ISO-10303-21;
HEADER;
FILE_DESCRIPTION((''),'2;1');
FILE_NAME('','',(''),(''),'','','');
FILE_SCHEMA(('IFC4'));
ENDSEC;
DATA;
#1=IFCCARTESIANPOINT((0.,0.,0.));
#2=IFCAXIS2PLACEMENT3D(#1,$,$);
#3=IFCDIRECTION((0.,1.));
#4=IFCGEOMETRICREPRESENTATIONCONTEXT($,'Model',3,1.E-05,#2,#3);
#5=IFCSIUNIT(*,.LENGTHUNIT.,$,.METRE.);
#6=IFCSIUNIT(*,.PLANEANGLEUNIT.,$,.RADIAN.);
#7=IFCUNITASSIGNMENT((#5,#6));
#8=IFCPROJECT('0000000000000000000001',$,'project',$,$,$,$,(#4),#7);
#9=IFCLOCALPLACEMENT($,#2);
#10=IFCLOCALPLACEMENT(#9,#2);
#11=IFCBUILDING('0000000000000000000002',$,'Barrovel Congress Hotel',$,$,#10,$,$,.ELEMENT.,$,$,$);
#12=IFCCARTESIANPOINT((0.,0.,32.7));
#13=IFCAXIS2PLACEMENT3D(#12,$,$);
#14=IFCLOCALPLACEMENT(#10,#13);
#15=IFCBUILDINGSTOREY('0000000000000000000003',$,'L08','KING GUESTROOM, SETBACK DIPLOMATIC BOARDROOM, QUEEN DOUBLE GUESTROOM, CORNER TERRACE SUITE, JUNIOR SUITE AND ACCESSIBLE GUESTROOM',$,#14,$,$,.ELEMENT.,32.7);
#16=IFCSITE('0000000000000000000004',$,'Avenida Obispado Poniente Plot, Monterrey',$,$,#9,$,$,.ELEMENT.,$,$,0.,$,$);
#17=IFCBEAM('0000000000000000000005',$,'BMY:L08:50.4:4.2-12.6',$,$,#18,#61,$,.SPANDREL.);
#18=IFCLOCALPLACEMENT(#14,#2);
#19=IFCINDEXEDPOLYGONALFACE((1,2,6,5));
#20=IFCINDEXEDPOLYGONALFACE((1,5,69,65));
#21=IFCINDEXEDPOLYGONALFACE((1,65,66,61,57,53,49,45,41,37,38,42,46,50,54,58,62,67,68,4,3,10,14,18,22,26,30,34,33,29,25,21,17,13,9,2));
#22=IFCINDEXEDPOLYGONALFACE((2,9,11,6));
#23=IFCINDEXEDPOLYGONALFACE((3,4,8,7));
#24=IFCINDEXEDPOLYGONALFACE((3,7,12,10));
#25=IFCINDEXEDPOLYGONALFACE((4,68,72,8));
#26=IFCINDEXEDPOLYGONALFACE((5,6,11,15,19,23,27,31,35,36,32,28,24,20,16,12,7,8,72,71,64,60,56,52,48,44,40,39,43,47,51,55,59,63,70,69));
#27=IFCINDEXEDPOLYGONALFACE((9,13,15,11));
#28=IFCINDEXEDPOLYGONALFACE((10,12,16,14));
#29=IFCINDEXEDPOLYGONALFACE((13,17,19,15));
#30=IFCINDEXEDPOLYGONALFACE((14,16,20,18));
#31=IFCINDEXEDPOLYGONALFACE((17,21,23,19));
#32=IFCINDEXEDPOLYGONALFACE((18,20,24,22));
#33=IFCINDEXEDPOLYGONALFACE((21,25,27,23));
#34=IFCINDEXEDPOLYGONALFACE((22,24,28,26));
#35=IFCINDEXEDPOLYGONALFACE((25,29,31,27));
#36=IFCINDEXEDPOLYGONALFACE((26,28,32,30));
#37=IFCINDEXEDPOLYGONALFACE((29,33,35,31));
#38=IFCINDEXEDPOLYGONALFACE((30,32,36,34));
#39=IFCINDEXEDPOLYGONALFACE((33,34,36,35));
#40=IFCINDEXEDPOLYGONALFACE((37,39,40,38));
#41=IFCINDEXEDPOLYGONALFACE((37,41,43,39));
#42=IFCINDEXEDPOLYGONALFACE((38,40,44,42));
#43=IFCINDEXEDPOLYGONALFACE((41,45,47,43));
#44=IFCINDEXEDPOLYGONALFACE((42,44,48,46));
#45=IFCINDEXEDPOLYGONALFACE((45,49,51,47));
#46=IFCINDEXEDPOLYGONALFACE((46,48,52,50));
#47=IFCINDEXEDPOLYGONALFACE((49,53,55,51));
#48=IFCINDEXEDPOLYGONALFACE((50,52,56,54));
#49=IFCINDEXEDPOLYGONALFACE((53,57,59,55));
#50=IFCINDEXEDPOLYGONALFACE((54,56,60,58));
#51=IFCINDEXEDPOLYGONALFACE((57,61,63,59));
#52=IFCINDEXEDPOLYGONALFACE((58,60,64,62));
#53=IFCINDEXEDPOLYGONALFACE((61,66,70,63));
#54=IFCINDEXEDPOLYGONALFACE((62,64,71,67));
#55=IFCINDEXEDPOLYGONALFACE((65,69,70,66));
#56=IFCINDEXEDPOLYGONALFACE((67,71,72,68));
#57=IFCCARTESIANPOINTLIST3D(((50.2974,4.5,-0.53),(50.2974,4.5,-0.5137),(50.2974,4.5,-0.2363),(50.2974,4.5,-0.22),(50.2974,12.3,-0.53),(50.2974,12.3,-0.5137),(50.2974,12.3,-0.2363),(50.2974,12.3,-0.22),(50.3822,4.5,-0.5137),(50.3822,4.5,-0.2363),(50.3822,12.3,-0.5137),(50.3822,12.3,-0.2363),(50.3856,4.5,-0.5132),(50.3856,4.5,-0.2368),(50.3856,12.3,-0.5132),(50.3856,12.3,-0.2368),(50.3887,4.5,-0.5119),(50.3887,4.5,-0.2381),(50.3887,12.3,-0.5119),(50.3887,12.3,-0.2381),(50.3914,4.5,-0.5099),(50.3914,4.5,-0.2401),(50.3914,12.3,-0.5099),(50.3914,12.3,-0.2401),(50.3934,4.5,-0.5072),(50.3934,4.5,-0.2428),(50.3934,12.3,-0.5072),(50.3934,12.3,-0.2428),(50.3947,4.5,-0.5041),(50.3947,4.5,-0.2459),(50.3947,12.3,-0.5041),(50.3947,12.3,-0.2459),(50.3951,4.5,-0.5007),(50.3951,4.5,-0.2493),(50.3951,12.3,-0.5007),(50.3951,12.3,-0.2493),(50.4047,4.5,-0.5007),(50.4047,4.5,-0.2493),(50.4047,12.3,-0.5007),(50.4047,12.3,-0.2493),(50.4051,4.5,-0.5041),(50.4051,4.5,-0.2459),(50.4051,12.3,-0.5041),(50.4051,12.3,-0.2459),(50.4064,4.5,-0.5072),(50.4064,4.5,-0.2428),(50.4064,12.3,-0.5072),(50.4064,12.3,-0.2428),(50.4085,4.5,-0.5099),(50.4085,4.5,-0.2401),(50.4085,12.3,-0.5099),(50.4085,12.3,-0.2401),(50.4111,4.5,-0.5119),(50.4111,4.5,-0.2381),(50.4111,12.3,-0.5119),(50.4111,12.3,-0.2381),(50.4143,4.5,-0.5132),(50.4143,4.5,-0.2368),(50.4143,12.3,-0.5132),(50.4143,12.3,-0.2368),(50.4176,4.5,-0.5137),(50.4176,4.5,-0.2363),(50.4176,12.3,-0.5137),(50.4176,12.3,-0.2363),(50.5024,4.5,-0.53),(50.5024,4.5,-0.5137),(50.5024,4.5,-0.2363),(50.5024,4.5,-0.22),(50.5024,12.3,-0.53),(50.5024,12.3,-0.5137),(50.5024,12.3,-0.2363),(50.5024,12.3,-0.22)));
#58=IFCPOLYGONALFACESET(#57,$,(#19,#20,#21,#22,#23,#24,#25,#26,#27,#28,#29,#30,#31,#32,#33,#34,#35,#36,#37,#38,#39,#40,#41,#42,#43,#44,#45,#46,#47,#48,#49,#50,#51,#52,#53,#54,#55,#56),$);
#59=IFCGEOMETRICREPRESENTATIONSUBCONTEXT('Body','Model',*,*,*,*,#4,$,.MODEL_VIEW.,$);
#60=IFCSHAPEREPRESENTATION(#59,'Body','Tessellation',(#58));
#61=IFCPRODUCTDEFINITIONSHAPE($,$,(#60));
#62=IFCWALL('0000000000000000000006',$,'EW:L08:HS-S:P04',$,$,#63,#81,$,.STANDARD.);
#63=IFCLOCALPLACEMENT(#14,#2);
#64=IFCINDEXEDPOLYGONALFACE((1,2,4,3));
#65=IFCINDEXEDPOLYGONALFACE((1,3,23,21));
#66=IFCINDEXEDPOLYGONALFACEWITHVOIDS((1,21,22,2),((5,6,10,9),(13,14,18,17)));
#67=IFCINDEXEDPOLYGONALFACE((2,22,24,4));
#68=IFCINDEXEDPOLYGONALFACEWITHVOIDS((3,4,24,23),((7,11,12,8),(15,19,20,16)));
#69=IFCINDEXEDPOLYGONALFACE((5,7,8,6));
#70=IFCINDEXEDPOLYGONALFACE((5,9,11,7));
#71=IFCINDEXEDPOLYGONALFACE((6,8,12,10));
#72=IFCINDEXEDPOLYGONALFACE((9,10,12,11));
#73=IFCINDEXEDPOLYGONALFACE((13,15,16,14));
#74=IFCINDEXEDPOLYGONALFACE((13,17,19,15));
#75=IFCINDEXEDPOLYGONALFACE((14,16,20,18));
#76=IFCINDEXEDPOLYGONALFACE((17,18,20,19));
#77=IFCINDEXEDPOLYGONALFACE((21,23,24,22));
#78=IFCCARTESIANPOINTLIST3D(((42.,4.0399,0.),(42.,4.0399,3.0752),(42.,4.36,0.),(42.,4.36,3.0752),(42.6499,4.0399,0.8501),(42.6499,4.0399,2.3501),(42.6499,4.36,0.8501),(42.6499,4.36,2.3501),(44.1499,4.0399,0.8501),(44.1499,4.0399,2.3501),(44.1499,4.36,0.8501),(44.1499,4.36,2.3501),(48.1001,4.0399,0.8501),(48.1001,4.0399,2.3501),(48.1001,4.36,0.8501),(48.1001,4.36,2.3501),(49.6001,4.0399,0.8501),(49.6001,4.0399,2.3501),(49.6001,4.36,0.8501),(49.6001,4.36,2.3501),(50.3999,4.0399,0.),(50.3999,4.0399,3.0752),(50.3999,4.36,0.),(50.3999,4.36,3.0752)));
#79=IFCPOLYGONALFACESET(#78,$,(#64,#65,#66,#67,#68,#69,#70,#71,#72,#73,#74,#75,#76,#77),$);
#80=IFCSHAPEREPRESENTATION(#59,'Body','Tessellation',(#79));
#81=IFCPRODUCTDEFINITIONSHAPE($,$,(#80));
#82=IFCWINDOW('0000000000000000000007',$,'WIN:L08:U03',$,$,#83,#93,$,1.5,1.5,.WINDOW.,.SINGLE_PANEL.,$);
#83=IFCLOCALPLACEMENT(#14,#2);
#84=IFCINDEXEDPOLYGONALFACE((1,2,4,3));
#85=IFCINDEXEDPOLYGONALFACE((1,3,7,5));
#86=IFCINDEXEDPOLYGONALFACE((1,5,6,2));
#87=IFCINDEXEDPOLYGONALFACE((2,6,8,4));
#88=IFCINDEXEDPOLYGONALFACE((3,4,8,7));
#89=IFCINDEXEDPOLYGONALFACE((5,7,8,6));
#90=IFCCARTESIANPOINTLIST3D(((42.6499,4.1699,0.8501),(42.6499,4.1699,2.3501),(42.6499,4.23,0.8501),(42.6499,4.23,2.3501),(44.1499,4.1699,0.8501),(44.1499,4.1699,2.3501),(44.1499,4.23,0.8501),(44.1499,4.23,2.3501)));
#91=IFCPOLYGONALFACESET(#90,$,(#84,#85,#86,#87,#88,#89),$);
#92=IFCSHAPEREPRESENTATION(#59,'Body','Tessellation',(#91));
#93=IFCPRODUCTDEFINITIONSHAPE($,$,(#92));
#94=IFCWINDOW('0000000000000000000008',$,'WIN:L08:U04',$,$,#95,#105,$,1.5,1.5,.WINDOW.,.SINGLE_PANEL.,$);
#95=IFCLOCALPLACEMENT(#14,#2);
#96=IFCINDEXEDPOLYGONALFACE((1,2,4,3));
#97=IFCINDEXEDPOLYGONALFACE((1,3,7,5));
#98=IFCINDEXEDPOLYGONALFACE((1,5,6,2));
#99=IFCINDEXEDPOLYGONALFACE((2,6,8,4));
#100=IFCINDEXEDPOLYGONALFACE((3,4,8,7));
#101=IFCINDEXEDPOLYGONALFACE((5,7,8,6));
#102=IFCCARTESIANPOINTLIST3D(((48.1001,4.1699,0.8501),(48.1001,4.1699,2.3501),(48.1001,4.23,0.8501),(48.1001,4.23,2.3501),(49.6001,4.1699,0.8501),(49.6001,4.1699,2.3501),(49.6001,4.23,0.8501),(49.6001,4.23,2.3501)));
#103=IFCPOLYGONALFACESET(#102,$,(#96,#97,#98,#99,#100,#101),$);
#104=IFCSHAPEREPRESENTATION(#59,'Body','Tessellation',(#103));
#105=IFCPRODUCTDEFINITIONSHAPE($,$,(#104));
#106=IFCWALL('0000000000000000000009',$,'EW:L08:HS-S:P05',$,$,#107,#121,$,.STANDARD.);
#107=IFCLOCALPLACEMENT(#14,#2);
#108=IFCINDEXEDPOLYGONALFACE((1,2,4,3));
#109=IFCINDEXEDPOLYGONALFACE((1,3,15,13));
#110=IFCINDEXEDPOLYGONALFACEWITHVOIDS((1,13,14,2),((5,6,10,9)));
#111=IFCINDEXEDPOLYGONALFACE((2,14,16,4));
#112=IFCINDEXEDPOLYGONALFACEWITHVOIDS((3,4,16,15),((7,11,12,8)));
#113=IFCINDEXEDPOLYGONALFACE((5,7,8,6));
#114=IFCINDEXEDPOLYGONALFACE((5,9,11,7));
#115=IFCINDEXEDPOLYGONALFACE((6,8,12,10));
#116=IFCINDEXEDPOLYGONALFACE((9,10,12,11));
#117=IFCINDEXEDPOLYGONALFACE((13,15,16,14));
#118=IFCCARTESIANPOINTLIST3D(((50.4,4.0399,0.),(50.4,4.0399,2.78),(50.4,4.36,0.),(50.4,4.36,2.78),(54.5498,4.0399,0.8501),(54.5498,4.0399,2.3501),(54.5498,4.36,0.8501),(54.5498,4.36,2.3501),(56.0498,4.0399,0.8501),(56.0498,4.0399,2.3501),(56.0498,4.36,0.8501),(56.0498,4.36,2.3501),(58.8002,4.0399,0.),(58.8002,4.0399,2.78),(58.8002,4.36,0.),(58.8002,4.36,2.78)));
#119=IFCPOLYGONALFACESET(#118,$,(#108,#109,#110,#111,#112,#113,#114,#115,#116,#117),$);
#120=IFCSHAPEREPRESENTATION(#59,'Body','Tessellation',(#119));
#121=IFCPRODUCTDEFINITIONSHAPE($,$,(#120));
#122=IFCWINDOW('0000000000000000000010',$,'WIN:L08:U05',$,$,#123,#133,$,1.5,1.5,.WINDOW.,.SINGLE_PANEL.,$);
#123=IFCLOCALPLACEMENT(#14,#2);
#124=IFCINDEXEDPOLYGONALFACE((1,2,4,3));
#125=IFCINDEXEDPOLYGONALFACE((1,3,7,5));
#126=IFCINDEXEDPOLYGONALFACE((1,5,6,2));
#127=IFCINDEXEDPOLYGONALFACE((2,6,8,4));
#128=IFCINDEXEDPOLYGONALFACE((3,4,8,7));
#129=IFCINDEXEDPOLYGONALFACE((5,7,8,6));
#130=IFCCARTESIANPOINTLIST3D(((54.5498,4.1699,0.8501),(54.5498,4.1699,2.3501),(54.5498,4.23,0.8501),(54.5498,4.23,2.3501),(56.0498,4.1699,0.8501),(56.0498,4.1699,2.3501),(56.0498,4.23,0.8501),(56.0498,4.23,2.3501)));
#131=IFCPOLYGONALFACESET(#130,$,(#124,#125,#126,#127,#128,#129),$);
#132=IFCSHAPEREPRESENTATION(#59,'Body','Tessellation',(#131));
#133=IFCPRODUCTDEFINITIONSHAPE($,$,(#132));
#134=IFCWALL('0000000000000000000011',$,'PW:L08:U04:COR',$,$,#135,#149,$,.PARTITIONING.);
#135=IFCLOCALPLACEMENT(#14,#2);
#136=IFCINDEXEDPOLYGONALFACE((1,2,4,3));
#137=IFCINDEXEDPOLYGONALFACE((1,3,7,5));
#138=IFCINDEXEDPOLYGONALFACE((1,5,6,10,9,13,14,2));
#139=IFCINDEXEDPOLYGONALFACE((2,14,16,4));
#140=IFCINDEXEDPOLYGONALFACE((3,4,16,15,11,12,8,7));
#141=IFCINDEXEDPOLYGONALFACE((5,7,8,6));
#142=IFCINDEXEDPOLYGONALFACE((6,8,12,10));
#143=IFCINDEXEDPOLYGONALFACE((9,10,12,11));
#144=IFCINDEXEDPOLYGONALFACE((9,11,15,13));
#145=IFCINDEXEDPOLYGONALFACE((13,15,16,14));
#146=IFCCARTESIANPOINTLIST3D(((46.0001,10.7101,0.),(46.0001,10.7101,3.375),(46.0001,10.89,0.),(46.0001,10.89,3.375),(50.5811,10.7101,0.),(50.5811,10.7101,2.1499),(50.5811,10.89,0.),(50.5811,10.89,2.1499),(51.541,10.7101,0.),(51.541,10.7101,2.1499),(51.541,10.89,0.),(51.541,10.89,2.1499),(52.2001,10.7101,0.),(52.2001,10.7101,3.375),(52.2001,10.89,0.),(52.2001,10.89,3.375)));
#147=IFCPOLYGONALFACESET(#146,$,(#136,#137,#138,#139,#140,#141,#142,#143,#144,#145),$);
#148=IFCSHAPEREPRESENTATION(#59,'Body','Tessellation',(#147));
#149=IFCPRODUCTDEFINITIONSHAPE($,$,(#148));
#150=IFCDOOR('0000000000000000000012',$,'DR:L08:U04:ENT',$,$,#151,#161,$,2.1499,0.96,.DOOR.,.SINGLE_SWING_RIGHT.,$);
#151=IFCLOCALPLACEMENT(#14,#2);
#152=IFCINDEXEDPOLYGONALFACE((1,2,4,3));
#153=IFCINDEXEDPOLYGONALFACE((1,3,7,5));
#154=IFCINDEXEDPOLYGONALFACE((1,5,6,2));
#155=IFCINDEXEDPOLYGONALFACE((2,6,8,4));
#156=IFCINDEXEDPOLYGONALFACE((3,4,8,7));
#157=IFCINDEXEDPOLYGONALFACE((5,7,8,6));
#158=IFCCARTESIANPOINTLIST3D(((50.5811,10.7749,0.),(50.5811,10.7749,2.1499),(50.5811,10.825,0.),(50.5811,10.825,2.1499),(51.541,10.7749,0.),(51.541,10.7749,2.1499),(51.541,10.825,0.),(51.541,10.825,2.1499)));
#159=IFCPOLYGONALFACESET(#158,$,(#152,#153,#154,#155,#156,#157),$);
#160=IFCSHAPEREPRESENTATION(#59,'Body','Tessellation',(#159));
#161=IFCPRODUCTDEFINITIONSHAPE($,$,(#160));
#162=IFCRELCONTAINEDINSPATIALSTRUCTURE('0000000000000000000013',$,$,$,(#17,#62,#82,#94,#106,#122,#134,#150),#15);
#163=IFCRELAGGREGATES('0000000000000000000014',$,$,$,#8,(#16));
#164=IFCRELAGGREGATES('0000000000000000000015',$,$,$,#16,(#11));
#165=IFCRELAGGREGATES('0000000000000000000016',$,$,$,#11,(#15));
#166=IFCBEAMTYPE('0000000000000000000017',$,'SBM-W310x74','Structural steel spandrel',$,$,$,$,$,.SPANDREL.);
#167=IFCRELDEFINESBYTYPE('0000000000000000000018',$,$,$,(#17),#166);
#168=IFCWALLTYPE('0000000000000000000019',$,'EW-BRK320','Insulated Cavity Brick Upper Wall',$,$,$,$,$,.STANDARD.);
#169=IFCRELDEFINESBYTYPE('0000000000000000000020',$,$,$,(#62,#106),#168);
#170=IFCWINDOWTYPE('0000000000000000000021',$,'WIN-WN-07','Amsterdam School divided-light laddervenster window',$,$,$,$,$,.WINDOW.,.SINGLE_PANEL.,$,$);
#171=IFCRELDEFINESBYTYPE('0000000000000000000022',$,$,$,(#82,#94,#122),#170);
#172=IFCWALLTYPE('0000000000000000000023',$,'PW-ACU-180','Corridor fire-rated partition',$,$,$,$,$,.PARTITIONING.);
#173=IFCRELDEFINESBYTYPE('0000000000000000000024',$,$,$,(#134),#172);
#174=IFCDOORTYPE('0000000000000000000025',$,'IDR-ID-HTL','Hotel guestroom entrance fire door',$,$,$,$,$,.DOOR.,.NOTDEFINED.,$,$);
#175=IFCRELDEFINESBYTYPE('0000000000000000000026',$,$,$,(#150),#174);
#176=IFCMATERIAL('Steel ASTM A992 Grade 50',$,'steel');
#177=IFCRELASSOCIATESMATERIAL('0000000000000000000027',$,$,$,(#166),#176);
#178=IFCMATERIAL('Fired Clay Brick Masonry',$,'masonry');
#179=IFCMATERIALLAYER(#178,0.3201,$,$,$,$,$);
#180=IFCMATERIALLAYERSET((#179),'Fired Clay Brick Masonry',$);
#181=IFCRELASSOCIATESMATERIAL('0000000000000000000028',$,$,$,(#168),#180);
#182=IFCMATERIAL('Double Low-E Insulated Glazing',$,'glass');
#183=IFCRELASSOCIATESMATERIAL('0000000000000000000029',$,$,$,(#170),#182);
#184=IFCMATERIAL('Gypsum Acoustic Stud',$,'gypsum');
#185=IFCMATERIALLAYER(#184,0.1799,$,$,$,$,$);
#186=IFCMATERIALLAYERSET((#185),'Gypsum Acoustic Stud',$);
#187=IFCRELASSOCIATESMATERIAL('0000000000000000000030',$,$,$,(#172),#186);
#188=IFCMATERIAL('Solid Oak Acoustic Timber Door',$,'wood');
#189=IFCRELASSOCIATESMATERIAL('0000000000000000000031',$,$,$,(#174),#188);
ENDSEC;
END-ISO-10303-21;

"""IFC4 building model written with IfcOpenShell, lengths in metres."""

from ifc_helpers import new_model, si_unit, direction, frame, frame_2d, origin, origin_2d, place, context, subcontext, project, spatial, rectangle, i_section, extrude, material, layer, layer_set, material_profile, profile_set, type_object, element, fill, save


model = new_model("IFC4")

# Units and contexts
model_context = context("Model", 3, precision=1e-05, world=origin(), true_north=direction((0.0, 1.0)))
body_context = subcontext(model_context, "Body", "Model", "MODEL_VIEW")
ifc_project = project(units=[si_unit("LENGTHUNIT", "METRE"), si_unit("PLANEANGLEUNIT", "RADIAN")], contexts=[model_context])

# Site, building, storey
site_placement = place(None, origin())
site = spatial("IfcSite", under=ifc_project, at=site_placement, Name="Avenida Obispado Poniente Plot, Monterrey", CompositionType="ELEMENT", RefElevation=0.0)
building_placement = place(site_placement, origin())
building = spatial("IfcBuilding", under=site, at=building_placement, Name="Barrovel Congress Hotel", CompositionType="ELEMENT")
storey_placement = place(building_placement, frame((0.0, 0.0, 32.7)))
storey = spatial("IfcBuildingStorey", under=building, at=storey_placement, Name="L08", Description="KING GUESTROOM, SETBACK DIPLOMATIC BOARDROOM, QUEEN DOUBLE GUESTROOM, CORNER TERRACE SUITE, JUNIOR SUITE AND ACCESSIBLE GUESTROOM", CompositionType="ELEMENT", Elevation=32.7)

# Beam
ifc_material_1 = material(Name="Steel ASTM A992 Grade 50", Category="steel")
ifc_material_profile_1 = material_profile(ifc_material_1, i_section(OverallWidth=0.2051, OverallDepth=0.3101, WebThickness=0.0095, FlangeThickness=0.0164, FilletRadius=0.0129, at=origin_2d()), Name="W310x74")
ifc_profile_set_1 = profile_set([ifc_material_profile_1], Name="Steel ASTM A992 Grade 50")
beam_type_1 = type_object("IfcBeamType", Name="SBM-W310x74", Description="Structural steel spandrel", PredefinedType="SPANDREL", material=ifc_profile_set_1)
beam_1_placement = place(storey_placement, frame((50.3999, 4.5, -0.375), z_axis=(0.0, 1.0, 0.0), x_axis=(-1.0, 0.0, 0.0)))
element("IfcBeam", 1, at=beam_1_placement, inside=storey, type_object=beam_type_1, Name="BMY:L08:50.4:4.2-12.6", PredefinedType="SPANDREL", context=body_context, shape_type="SweptSolid", body=[
    extrude(i_section(OverallWidth=0.2051, OverallDepth=0.3101, WebThickness=0.0095, FlangeThickness=0.0164, FilletRadius=0.0129, at=origin_2d()), origin(), (0.0, 0.0, 1.0), 7.8),
])

# Wall, openings, windows
ifc_material_2 = material(Name="Fired Clay Brick Masonry", Category="masonry")
ifc_layer_1 = layer(ifc_material_2, 0.3201)
ifc_layer_set_1 = layer_set([ifc_layer_1], Name="Fired Clay Brick Masonry")
wall_type_1 = type_object("IfcWallType", Name="EW-BRK320", Description="Insulated Cavity Brick Upper Wall", PredefinedType="STANDARD", material=ifc_layer_set_1)
wall_1_placement = place(storey_placement, frame((42.0, 4.2, 0.0), z_axis=(0.0, 0.0, 1.0), x_axis=(1.0, 0.0, 0.0)))
wall_1 = element("IfcWall", 2, at=wall_1_placement, inside=storey, type_object=wall_type_1, Name="EW:L08:HS-S:P04", PredefinedType="STANDARD", context=body_context, shape_type="SweptSolid", body=[
    extrude(rectangle(XDim=8.3999, YDim=0.3201, at=frame_2d((4.2, 0.0))), origin(), (0.0, 0.0, 1.0), 3.0752),
])
opening_1_placement = place(wall_1_placement, frame((0.6499, 0.0, 0.8501)))
opening_1 = element("IfcOpeningElement", 3, at=opening_1_placement, cuts=wall_1, PredefinedType="OPENING", context=body_context, shape_type="SweptSolid", body=[
    extrude(rectangle(XDim=1.5, YDim=1.5, at=frame_2d((0.75, 0.75))), frame((0.0, 0.1699, 0.0), z_axis=(0.0, -1.0, 0.0), x_axis=(1.0, 0.0, 0.0)), (0.0, 0.0, 1.0), 0.3401),
])
opening_2_placement = place(wall_1_placement, frame((6.1001, 0.0, 0.8501)))
opening_2 = element("IfcOpeningElement", 4, at=opening_2_placement, cuts=wall_1, PredefinedType="OPENING", context=body_context, shape_type="SweptSolid", body=[
    extrude(rectangle(XDim=1.5, YDim=1.5, at=frame_2d((0.75, 0.75))), frame((0.0, 0.1699, 0.0), z_axis=(0.0, -1.0, 0.0), x_axis=(1.0, 0.0, 0.0)), (0.0, 0.0, 1.0), 0.3401),
])
ifc_material_3 = material(Name="Double Low-E Insulated Glazing", Category="glass")
window_type = type_object("IfcWindowType", Name="WIN-WN-07", Description="Amsterdam School divided-light laddervenster window", PartitioningType="SINGLE_PANEL", PredefinedType="WINDOW", material=ifc_material_3)
window_1_placement = place(opening_1_placement, origin())
window_1 = element("IfcWindow", 5, at=window_1_placement, inside=storey, type_object=window_type, Name="WIN:L08:U03", OverallHeight=1.5, OverallWidth=1.5, PartitioningType="SINGLE_PANEL", PredefinedType="WINDOW", context=body_context, shape_type="SweptSolid", body=[
    extrude(rectangle(XDim=1.5, YDim=1.5, at=frame_2d((0.75, 0.75))), frame((0.0, 0.03, 0.0), z_axis=(0.0, -1.0, 0.0), x_axis=(1.0, 0.0, 0.0)), (0.0, 0.0, 1.0), 0.0601),
])
fill(opening_1, window_1)
window_2_placement = place(opening_2_placement, origin())
window_2 = element("IfcWindow", 6, at=window_2_placement, inside=storey, type_object=window_type, Name="WIN:L08:U04", OverallHeight=1.5, OverallWidth=1.5, PartitioningType="SINGLE_PANEL", PredefinedType="WINDOW", context=body_context, shape_type="SweptSolid", body=[
    extrude(rectangle(XDim=1.5, YDim=1.5, at=frame_2d((0.75, 0.75))), frame((0.0, 0.03, 0.0), z_axis=(0.0, -1.0, 0.0), x_axis=(1.0, 0.0, 0.0)), (0.0, 0.0, 1.0), 0.0601),
])
fill(opening_2, window_2)

# Wall, opening, window
wall_2_placement = place(storey_placement, frame((50.3999, 4.2, 0.0), z_axis=(0.0, 0.0, 1.0), x_axis=(1.0, 0.0, 0.0)))
wall_2 = element("IfcWall", 7, at=wall_2_placement, inside=storey, type_object=wall_type_1, Name="EW:L08:HS-S:P05", PredefinedType="STANDARD", context=body_context, shape_type="SweptSolid", body=[
    extrude(rectangle(XDim=8.4001, YDim=0.3201, at=frame_2d((4.2002, 0.0))), origin(), (0.0, 0.0, 1.0), 2.78),
])
opening_3_placement = place(wall_2_placement, frame((4.1499, 0.0, 0.8501)))
opening_3 = element("IfcOpeningElement", 8, at=opening_3_placement, cuts=wall_2, PredefinedType="OPENING", context=body_context, shape_type="SweptSolid", body=[
    extrude(rectangle(XDim=1.5, YDim=1.5, at=frame_2d((0.75, 0.75))), frame((0.0, 0.1699, 0.0), z_axis=(0.0, -1.0, 0.0), x_axis=(1.0, 0.0, 0.0)), (0.0, 0.0, 1.0), 0.3401),
])
window_3_placement = place(opening_3_placement, origin())
window_3 = element("IfcWindow", 9, at=window_3_placement, inside=storey, type_object=window_type, Name="WIN:L08:U05", OverallHeight=1.5, OverallWidth=1.5, PartitioningType="SINGLE_PANEL", PredefinedType="WINDOW", context=body_context, shape_type="SweptSolid", body=[
    extrude(rectangle(XDim=1.5, YDim=1.5, at=frame_2d((0.75, 0.75))), frame((0.0, 0.03, 0.0), z_axis=(0.0, -1.0, 0.0), x_axis=(1.0, 0.0, 0.0)), (0.0, 0.0, 1.0), 0.0601),
])
fill(opening_3, window_3)

# Wall, opening, door
ifc_material_4 = material(Name="Gypsum Acoustic Stud", Category="gypsum")
ifc_layer_2 = layer(ifc_material_4, 0.1799)
ifc_layer_set_2 = layer_set([ifc_layer_2], Name="Gypsum Acoustic Stud")
wall_type_2 = type_object("IfcWallType", Name="PW-ACU-180", Description="Corridor fire-rated partition", PredefinedType="PARTITIONING", material=ifc_layer_set_2)
wall_3_placement = place(storey_placement, frame((46.0, 10.8, 0.0), z_axis=(0.0, 0.0, 1.0), x_axis=(1.0, 0.0, 0.0)))
wall_3 = element("IfcWall", 10, at=wall_3_placement, inside=storey, type_object=wall_type_2, Name="PW:L08:U04:COR", PredefinedType="PARTITIONING", context=body_context, shape_type="SweptSolid", body=[
    extrude(rectangle(XDim=6.2, YDim=0.1799, at=frame_2d((3.1001, 0.0))), origin(), (0.0, 0.0, 1.0), 3.375),
])
opening_4_placement = place(wall_3_placement, frame((4.5811, 0.0, 0.0)))
opening_4 = element("IfcOpeningElement", 11, at=opening_4_placement, cuts=wall_3, PredefinedType="OPENING", context=body_context, shape_type="SweptSolid", body=[
    extrude(rectangle(XDim=0.96, YDim=2.1499, at=frame_2d((0.48, 1.075))), frame((0.0, 0.1001, 0.0), z_axis=(0.0, -1.0, 0.0), x_axis=(1.0, 0.0, 0.0)), (0.0, 0.0, 1.0), 0.2),
])
ifc_material_5 = material(Name="Solid Oak Acoustic Timber Door", Category="wood")
door_type_1 = type_object("IfcDoorType", Name="IDR-ID-HTL", Description="Hotel guestroom entrance fire door", OperationType="NOTDEFINED", PredefinedType="DOOR", material=ifc_material_5)
door_1_placement = place(opening_4_placement, origin())
door_1 = element("IfcDoor", 12, at=door_1_placement, inside=storey, type_object=door_type_1, Name="DR:L08:U04:ENT", OperationType="SINGLE_SWING_RIGHT", OverallHeight=2.1499, OverallWidth=0.96, PredefinedType="DOOR", context=body_context, shape_type="SweptSolid", body=[
    extrude(rectangle(XDim=0.96, YDim=2.1499, at=frame_2d((0.48, 1.075))), frame((0.0, 0.0249, 0.0), z_axis=(0.0, -1.0, 0.0), x_axis=(1.0, 0.0, 0.0)), (0.0, 0.0, 1.0), 0.05),
])
fill(opening_4, door_1)

save(model, "model.ifc")
